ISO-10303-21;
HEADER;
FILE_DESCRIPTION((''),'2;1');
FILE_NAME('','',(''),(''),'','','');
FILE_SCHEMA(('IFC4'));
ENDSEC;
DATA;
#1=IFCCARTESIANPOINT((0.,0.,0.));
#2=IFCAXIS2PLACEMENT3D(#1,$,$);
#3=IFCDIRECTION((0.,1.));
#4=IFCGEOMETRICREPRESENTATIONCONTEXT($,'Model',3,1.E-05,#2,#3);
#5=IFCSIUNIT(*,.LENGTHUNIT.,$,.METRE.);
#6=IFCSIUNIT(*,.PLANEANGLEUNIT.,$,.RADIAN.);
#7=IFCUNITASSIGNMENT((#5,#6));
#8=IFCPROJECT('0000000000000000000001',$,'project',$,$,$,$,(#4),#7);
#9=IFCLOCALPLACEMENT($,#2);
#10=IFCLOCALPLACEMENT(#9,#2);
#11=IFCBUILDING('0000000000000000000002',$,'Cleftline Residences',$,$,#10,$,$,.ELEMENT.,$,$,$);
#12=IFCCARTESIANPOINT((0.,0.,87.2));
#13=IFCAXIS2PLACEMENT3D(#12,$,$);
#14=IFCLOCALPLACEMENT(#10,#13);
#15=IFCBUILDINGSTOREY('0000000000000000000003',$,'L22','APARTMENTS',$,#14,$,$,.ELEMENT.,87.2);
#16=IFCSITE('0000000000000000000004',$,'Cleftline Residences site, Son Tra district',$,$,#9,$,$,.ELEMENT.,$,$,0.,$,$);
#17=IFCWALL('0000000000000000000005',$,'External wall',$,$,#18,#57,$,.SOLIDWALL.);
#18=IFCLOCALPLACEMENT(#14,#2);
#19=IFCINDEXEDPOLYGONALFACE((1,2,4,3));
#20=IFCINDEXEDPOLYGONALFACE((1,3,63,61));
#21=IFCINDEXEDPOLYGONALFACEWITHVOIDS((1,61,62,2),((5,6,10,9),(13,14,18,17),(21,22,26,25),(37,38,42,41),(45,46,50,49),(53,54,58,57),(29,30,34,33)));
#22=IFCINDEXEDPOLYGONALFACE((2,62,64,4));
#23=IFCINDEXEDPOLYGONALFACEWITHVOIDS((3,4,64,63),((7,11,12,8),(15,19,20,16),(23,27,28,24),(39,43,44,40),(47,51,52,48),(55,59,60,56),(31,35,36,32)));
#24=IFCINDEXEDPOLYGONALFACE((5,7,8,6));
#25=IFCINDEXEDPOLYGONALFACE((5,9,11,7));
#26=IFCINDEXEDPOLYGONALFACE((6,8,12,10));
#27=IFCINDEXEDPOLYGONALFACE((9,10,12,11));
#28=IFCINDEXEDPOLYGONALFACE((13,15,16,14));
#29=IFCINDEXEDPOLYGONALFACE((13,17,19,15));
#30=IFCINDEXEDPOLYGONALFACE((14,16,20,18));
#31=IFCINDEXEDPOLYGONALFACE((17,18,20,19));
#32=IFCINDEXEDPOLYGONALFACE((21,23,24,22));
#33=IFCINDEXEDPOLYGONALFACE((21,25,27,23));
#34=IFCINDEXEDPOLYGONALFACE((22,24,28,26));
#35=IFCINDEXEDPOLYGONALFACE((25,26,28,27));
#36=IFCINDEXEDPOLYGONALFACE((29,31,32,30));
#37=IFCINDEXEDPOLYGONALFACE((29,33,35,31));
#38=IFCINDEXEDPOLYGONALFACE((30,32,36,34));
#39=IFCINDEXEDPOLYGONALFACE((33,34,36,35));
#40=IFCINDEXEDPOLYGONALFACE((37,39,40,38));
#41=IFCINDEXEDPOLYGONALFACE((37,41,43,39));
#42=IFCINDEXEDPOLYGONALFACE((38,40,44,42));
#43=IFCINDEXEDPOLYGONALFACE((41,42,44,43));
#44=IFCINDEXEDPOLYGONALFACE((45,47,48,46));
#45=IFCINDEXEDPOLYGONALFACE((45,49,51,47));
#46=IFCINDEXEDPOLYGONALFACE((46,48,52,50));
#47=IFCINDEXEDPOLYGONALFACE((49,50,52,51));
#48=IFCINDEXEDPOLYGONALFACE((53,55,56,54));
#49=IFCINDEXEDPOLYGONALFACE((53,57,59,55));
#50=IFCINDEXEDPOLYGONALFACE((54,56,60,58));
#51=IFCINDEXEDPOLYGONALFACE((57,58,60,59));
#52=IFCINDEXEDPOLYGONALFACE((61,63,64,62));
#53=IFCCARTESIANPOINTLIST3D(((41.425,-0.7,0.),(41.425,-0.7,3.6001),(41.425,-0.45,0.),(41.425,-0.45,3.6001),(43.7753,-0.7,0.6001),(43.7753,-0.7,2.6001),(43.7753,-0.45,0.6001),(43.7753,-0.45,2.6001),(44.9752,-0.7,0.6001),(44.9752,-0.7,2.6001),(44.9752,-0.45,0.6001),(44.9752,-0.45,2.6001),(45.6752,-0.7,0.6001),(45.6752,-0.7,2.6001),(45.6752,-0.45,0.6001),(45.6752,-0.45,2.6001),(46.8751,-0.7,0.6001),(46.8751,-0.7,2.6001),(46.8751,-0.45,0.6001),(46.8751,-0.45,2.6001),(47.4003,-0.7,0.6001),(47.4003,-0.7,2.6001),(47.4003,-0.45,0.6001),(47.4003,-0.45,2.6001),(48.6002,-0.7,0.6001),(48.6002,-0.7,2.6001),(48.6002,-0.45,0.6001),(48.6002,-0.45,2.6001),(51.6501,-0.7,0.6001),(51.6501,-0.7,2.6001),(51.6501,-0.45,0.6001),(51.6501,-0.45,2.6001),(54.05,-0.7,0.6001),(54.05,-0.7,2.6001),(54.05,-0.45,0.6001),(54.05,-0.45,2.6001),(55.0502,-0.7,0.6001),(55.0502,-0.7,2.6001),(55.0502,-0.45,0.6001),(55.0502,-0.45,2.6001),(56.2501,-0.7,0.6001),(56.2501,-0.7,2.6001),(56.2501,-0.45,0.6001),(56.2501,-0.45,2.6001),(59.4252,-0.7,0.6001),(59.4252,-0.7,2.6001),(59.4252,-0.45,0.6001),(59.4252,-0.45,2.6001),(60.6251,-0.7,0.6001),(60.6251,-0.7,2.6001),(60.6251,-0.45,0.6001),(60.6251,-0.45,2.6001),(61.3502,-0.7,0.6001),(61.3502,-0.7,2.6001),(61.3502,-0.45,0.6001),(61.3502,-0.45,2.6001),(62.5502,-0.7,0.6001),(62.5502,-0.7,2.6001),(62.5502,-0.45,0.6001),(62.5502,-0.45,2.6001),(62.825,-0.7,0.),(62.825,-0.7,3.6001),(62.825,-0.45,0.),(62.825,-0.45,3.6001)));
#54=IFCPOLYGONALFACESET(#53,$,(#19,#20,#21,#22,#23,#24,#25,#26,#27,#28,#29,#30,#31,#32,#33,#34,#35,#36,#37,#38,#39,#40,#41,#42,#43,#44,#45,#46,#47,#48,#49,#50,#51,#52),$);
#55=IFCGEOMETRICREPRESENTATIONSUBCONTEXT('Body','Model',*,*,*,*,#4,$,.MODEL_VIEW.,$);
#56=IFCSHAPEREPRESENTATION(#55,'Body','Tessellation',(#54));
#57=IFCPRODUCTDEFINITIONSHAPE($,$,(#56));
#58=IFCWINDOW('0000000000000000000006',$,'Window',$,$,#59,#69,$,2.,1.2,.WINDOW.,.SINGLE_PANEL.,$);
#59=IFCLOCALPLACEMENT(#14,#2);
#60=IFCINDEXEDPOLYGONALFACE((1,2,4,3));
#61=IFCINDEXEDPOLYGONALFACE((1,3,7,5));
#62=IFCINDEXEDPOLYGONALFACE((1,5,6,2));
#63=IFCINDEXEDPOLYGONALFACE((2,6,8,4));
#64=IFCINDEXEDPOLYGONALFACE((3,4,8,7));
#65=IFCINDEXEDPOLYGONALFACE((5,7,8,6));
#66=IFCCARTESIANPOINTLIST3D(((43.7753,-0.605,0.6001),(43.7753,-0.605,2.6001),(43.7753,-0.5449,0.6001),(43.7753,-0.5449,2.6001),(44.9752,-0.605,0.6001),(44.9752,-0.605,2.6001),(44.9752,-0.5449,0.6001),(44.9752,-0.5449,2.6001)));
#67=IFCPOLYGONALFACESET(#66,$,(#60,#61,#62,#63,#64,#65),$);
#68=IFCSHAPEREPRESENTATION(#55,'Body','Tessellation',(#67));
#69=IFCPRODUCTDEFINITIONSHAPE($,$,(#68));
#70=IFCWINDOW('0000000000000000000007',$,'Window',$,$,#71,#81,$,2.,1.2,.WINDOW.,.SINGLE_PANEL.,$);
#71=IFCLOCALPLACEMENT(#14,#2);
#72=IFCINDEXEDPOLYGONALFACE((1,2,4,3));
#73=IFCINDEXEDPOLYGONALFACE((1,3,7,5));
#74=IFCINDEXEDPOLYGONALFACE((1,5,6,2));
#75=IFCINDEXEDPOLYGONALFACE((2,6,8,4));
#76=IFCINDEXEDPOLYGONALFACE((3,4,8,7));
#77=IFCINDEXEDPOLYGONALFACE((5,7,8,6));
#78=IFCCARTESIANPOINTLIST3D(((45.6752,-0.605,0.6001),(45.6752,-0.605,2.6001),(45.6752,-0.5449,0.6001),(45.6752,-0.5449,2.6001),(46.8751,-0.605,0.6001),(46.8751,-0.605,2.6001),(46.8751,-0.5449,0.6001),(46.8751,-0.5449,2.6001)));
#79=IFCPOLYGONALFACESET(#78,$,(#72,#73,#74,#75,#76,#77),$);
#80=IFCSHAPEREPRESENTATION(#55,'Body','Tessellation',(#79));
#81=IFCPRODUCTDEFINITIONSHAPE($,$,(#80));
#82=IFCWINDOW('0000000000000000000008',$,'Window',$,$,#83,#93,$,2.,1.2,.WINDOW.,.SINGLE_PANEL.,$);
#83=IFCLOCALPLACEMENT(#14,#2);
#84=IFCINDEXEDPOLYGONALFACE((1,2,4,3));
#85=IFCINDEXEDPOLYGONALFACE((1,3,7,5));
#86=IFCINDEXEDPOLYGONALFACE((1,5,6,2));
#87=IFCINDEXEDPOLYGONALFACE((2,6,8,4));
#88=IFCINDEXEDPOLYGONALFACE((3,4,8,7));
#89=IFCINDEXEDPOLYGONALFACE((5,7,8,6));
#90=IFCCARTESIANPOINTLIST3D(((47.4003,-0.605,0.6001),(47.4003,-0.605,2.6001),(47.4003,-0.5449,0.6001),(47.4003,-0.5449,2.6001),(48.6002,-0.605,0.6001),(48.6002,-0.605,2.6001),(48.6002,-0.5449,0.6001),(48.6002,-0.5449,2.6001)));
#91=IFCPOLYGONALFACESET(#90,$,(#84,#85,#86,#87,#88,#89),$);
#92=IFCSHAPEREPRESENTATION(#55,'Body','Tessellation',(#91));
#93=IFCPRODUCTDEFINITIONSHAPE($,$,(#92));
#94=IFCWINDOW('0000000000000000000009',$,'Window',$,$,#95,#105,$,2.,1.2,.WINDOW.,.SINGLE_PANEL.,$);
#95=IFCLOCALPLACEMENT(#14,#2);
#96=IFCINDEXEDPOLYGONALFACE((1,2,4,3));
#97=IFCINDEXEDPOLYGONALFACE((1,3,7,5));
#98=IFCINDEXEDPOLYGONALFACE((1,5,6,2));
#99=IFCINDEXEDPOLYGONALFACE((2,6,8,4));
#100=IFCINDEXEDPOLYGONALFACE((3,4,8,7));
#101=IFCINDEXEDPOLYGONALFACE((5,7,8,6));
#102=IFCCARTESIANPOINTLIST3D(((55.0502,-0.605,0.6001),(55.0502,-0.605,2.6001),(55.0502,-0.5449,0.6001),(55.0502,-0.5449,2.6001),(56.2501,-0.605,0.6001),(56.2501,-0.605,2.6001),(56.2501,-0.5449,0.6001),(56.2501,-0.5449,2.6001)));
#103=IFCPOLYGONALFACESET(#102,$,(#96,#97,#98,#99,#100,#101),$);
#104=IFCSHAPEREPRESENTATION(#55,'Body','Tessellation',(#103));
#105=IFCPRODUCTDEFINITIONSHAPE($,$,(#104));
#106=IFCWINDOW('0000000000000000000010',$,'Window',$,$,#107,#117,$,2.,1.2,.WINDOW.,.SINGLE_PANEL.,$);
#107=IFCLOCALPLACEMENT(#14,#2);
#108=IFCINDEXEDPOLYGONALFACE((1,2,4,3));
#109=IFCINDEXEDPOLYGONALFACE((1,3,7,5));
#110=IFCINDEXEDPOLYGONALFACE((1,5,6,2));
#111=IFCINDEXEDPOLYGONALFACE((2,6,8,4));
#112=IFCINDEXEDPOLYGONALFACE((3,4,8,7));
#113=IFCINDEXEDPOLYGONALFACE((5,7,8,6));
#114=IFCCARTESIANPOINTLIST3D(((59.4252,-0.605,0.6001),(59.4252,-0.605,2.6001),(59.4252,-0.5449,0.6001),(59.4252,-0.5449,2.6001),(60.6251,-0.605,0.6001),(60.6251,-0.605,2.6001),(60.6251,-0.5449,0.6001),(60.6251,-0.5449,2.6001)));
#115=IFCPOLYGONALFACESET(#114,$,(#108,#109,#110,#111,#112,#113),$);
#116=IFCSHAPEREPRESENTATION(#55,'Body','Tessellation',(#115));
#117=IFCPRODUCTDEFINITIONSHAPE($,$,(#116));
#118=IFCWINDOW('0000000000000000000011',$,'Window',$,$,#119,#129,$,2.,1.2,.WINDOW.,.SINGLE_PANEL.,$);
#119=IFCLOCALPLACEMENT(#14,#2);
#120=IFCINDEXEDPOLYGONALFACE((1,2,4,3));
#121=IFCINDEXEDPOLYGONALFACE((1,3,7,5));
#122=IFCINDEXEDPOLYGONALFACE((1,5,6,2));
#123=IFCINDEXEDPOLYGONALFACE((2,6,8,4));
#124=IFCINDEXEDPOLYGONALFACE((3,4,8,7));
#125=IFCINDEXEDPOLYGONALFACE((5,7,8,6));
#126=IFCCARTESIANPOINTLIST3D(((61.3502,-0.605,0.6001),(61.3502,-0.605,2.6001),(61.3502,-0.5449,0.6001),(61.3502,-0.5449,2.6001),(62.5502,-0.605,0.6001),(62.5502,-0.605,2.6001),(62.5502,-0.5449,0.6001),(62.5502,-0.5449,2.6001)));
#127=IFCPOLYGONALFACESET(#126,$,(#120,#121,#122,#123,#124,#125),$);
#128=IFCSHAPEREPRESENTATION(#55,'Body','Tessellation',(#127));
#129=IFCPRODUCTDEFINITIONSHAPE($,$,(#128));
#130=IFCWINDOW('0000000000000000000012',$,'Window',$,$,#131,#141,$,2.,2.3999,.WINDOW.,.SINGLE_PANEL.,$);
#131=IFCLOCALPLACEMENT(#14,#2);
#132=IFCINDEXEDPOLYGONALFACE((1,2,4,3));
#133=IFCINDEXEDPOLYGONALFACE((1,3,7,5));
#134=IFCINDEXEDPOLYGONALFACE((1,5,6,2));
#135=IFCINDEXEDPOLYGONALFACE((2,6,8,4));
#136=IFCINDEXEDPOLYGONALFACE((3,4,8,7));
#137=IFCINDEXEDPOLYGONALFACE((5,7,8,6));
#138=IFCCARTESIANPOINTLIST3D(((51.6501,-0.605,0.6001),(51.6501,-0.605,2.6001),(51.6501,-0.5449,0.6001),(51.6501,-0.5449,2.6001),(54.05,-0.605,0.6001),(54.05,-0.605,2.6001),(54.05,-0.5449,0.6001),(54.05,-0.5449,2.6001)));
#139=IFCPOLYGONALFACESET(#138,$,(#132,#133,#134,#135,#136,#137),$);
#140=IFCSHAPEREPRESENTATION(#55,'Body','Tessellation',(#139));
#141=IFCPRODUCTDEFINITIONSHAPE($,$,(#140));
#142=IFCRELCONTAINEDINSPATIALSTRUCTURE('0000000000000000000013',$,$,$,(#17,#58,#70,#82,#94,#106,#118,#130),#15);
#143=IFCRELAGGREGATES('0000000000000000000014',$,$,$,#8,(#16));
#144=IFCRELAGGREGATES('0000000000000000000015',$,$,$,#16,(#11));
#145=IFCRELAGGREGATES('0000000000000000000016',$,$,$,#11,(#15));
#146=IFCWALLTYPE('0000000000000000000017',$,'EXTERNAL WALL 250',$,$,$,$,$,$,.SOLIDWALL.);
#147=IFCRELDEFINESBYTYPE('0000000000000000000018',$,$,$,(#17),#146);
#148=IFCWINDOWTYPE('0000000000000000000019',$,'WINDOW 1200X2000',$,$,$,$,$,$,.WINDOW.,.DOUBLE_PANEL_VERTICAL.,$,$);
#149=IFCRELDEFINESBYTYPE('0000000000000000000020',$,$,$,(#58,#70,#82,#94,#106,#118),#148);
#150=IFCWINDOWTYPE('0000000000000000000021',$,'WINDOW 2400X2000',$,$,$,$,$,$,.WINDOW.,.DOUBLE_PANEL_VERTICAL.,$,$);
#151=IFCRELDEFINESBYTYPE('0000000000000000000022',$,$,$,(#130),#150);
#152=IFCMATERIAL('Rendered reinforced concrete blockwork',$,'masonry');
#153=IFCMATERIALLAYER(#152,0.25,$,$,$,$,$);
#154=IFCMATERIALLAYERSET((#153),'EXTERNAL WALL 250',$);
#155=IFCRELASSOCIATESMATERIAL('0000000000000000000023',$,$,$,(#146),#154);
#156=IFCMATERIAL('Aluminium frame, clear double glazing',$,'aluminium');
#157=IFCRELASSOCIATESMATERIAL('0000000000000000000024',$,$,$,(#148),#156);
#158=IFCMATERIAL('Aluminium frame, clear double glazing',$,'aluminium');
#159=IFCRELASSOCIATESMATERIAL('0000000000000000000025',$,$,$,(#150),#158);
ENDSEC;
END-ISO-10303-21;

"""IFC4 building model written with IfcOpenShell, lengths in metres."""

from ifc_helpers import new_model, si_unit, direction, frame, frame_2d, origin, place, context, subcontext, project, spatial, rectangle, extrude, material, layer, layer_set, type_object, element, fill, save


model = new_model("IFC4")

# Units and contexts
model_context = context("Model", 3, precision=1e-05, world=origin(), true_north=direction((0.0, 1.0)))
body_context = subcontext(model_context, "Body", "Model", "MODEL_VIEW")
ifc_project = project(units=[si_unit("LENGTHUNIT", "METRE"), si_unit("PLANEANGLEUNIT", "RADIAN")], contexts=[model_context])

# Site, building, storey
site_placement = place(None, origin())
site = spatial("IfcSite", under=ifc_project, at=site_placement, Name="Cleftline Residences site, Son Tra district", CompositionType="ELEMENT", RefElevation=0.0)
building_placement = place(site_placement, origin())
building = spatial("IfcBuilding", under=site, at=building_placement, Name="Cleftline Residences", CompositionType="ELEMENT")
storey_placement = place(building_placement, frame((0.0, 0.0, 87.2)))
storey = spatial("IfcBuildingStorey", under=building, at=storey_placement, Name="L22", Description="APARTMENTS", CompositionType="ELEMENT", Elevation=87.2)

# Wall, openings, windows
ifc_material_1 = material(Name="Rendered reinforced concrete blockwork", Category="masonry")
ifc_layer_1 = layer(ifc_material_1, 0.25)
ifc_layer_set_1 = layer_set([ifc_layer_1], Name="EXTERNAL WALL 250")
wall_type_1 = type_object("IfcWallType", Name="EXTERNAL WALL 250", PredefinedType="SOLIDWALL", material=ifc_layer_set_1)
wall_1_placement = place(storey_placement, frame((41.425, -0.575, 0.0), z_axis=(0.0, 0.0, 1.0), x_axis=(1.0, 0.0, 0.0)))
wall_1 = element("IfcWall", 1, at=wall_1_placement, inside=storey, type_object=wall_type_1, Name="External wall", PredefinedType="SOLIDWALL", context=body_context, shape_type="SweptSolid", body=[
    extrude(rectangle(XDim=21.3999, YDim=0.25, at=frame_2d((10.7, 0.0))), origin(), (0.0, 0.0, 1.0), 3.6001),
])
opening_1_placement = place(wall_1_placement, frame((2.3501, 0.0, 0.6001)))
opening_1 = element("IfcOpeningElement", 2, at=opening_1_placement, cuts=wall_1, PredefinedType="OPENING", context=body_context, shape_type="SweptSolid", body=[
    extrude(rectangle(XDim=1.2, YDim=2.0, at=frame_2d((0.6001, 1.0))), frame((0.0, 0.135, 0.0), z_axis=(0.0, -1.0, 0.0), x_axis=(1.0, 0.0, 0.0)), (0.0, 0.0, 1.0), 0.27),
])
opening_2_placement = place(wall_1_placement, frame((4.25, 0.0, 0.6001)))
opening_2 = element("IfcOpeningElement", 3, at=opening_2_placement, cuts=wall_1, PredefinedType="OPENING", context=body_context, shape_type="SweptSolid", body=[
    extrude(rectangle(XDim=1.2, YDim=2.0, at=frame_2d((0.6001, 1.0))), frame((0.0, 0.135, 0.0), z_axis=(0.0, -1.0, 0.0), x_axis=(1.0, 0.0, 0.0)), (0.0, 0.0, 1.0), 0.27),
])
opening_3_placement = place(wall_1_placement, frame((5.9751, 0.0, 0.6001)))
opening_3 = element("IfcOpeningElement", 4, at=opening_3_placement, cuts=wall_1, PredefinedType="OPENING", context=body_context, shape_type="SweptSolid", body=[
    extrude(rectangle(XDim=1.2, YDim=2.0, at=frame_2d((0.6001, 1.0))), frame((0.0, 0.135, 0.0), z_axis=(0.0, -1.0, 0.0), x_axis=(1.0, 0.0, 0.0)), (0.0, 0.0, 1.0), 0.27),
])
opening_4_placement = place(wall_1_placement, frame((10.2251, 0.0, 0.6001)))
opening_4 = element("IfcOpeningElement", 5, at=opening_4_placement, cuts=wall_1, PredefinedType="OPENING", context=body_context, shape_type="SweptSolid", body=[
    extrude(rectangle(XDim=2.3999, YDim=2.0, at=frame_2d((1.2, 1.0))), frame((0.0, 0.135, 0.0), z_axis=(0.0, -1.0, 0.0), x_axis=(1.0, 0.0, 0.0)), (0.0, 0.0, 1.0), 0.27),
])
opening_5_placement = place(wall_1_placement, frame((13.625, 0.0, 0.6001)))
opening_5 = element("IfcOpeningElement", 6, at=opening_5_placement, cuts=wall_1, PredefinedType="OPENING", context=body_context, shape_type="SweptSolid", body=[
    extrude(rectangle(XDim=1.2, YDim=2.0, at=frame_2d((0.6001, 1.0))), frame((0.0, 0.135, 0.0), z_axis=(0.0, -1.0, 0.0), x_axis=(1.0, 0.0, 0.0)), (0.0, 0.0, 1.0), 0.27),
])
opening_6_placement = place(wall_1_placement, frame((18.0, 0.0, 0.6001)))
opening_6 = element("IfcOpeningElement", 7, at=opening_6_placement, cuts=wall_1, PredefinedType="OPENING", context=body_context, shape_type="SweptSolid", body=[
    extrude(rectangle(XDim=1.2, YDim=2.0, at=frame_2d((0.6001, 1.0))), frame((0.0, 0.135, 0.0), z_axis=(0.0, -1.0, 0.0), x_axis=(1.0, 0.0, 0.0)), (0.0, 0.0, 1.0), 0.27),
])
opening_7_placement = place(wall_1_placement, frame((19.925, 0.0, 0.6001)))
opening_7 = element("IfcOpeningElement", 8, at=opening_7_placement, cuts=wall_1, PredefinedType="OPENING", context=body_context, shape_type="SweptSolid", body=[
    extrude(rectangle(XDim=1.2, YDim=2.0, at=frame_2d((0.6001, 1.0))), frame((0.0, 0.135, 0.0), z_axis=(0.0, -1.0, 0.0), x_axis=(1.0, 0.0, 0.0)), (0.0, 0.0, 1.0), 0.27),
])
ifc_material_2 = material(Name="Aluminium frame, clear double glazing", Category="aluminium")
window_type_1 = type_object("IfcWindowType", Name="WINDOW 1200X2000", PartitioningType="DOUBLE_PANEL_VERTICAL", PredefinedType="WINDOW", material=ifc_material_2)
window_1_placement = place(opening_1_placement, origin())
window_1 = element("IfcWindow", 9, at=window_1_placement, inside=storey, type_object=window_type_1, Name="Window", OverallHeight=2.0, OverallWidth=1.2, PartitioningType="SINGLE_PANEL", PredefinedType="WINDOW", context=body_context, shape_type="SweptSolid", body=[
    extrude(rectangle(XDim=1.2, YDim=2.0, at=frame_2d((0.6001, 1.0))), frame((0.0, 0.03, 0.0), z_axis=(0.0, -1.0, 0.0), x_axis=(1.0, 0.0, 0.0)), (0.0, 0.0, 1.0), 0.0601),
])
fill(opening_1, window_1)
window_2_placement = place(opening_2_placement, origin())
window_2 = element("IfcWindow", 10, at=window_2_placement, inside=storey, type_object=window_type_1, Name="Window", OverallHeight=2.0, OverallWidth=1.2, PartitioningType="SINGLE_PANEL", PredefinedType="WINDOW", context=body_context, shape_type="SweptSolid", body=[
    extrude(rectangle(XDim=1.2, YDim=2.0, at=frame_2d((0.6001, 1.0))), frame((0.0, 0.03, 0.0), z_axis=(0.0, -1.0, 0.0), x_axis=(1.0, 0.0, 0.0)), (0.0, 0.0, 1.0), 0.0601),
])
fill(opening_2, window_2)
window_3_placement = place(opening_3_placement, origin())
window_3 = element("IfcWindow", 11, at=window_3_placement, inside=storey, type_object=window_type_1, Name="Window", OverallHeight=2.0, OverallWidth=1.2, PartitioningType="SINGLE_PANEL", PredefinedType="WINDOW", context=body_context, shape_type="SweptSolid", body=[
    extrude(rectangle(XDim=1.2, YDim=2.0, at=frame_2d((0.6001, 1.0))), frame((0.0, 0.03, 0.0), z_axis=(0.0, -1.0, 0.0), x_axis=(1.0, 0.0, 0.0)), (0.0, 0.0, 1.0), 0.0601),
])
fill(opening_3, window_3)
window_4_placement = place(opening_5_placement, origin())
window_4 = element("IfcWindow", 12, at=window_4_placement, inside=storey, type_object=window_type_1, Name="Window", OverallHeight=2.0, OverallWidth=1.2, PartitioningType="SINGLE_PANEL", PredefinedType="WINDOW", context=body_context, shape_type="SweptSolid", body=[
    extrude(rectangle(XDim=1.2, YDim=2.0, at=frame_2d((0.6001, 1.0))), frame((0.0, 0.03, 0.0), z_axis=(0.0, -1.0, 0.0), x_axis=(1.0, 0.0, 0.0)), (0.0, 0.0, 1.0), 0.0601),
])
fill(opening_5, window_4)
window_5_placement = place(opening_6_placement, origin())
window_5 = element("IfcWindow", 13, at=window_5_placement, inside=storey, type_object=window_type_1, Name="Window", OverallHeight=2.0, OverallWidth=1.2, PartitioningType="SINGLE_PANEL", PredefinedType="WINDOW", context=body_context, shape_type="SweptSolid", body=[
    extrude(rectangle(XDim=1.2, YDim=2.0, at=frame_2d((0.6001, 1.0))), frame((0.0, 0.03, 0.0), z_axis=(0.0, -1.0, 0.0), x_axis=(1.0, 0.0, 0.0)), (0.0, 0.0, 1.0), 0.0601),
])
fill(opening_6, window_5)
window_6_placement = place(opening_7_placement, origin())
window_6 = element("IfcWindow", 14, at=window_6_placement, inside=storey, type_object=window_type_1, Name="Window", OverallHeight=2.0, OverallWidth=1.2, PartitioningType="SINGLE_PANEL", PredefinedType="WINDOW", context=body_context, shape_type="SweptSolid", body=[
    extrude(rectangle(XDim=1.2, YDim=2.0, at=frame_2d((0.6001, 1.0))), frame((0.0, 0.03, 0.0), z_axis=(0.0, -1.0, 0.0), x_axis=(1.0, 0.0, 0.0)), (0.0, 0.0, 1.0), 0.0601),
])
fill(opening_7, window_6)
ifc_material_3 = material(Name="Aluminium frame, clear double glazing", Category="aluminium")
window_type_2 = type_object("IfcWindowType", Name="WINDOW 2400X2000", PartitioningType="DOUBLE_PANEL_VERTICAL", PredefinedType="WINDOW", material=ifc_material_3)
window_7_placement = place(opening_4_placement, origin())
window_7 = element("IfcWindow", 15, at=window_7_placement, inside=storey, type_object=window_type_2, Name="Window", OverallHeight=2.0, OverallWidth=2.3999, PartitioningType="SINGLE_PANEL", PredefinedType="WINDOW", context=body_context, shape_type="SweptSolid", body=[
    extrude(rectangle(XDim=2.3999, YDim=2.0, at=frame_2d((1.2, 1.0))), frame((0.0, 0.03, 0.0), z_axis=(0.0, -1.0, 0.0), x_axis=(1.0, 0.0, 0.0)), (0.0, 0.0, 1.0), 0.0601),
])
fill(opening_4, window_7)

save(model, "model.ifc")
